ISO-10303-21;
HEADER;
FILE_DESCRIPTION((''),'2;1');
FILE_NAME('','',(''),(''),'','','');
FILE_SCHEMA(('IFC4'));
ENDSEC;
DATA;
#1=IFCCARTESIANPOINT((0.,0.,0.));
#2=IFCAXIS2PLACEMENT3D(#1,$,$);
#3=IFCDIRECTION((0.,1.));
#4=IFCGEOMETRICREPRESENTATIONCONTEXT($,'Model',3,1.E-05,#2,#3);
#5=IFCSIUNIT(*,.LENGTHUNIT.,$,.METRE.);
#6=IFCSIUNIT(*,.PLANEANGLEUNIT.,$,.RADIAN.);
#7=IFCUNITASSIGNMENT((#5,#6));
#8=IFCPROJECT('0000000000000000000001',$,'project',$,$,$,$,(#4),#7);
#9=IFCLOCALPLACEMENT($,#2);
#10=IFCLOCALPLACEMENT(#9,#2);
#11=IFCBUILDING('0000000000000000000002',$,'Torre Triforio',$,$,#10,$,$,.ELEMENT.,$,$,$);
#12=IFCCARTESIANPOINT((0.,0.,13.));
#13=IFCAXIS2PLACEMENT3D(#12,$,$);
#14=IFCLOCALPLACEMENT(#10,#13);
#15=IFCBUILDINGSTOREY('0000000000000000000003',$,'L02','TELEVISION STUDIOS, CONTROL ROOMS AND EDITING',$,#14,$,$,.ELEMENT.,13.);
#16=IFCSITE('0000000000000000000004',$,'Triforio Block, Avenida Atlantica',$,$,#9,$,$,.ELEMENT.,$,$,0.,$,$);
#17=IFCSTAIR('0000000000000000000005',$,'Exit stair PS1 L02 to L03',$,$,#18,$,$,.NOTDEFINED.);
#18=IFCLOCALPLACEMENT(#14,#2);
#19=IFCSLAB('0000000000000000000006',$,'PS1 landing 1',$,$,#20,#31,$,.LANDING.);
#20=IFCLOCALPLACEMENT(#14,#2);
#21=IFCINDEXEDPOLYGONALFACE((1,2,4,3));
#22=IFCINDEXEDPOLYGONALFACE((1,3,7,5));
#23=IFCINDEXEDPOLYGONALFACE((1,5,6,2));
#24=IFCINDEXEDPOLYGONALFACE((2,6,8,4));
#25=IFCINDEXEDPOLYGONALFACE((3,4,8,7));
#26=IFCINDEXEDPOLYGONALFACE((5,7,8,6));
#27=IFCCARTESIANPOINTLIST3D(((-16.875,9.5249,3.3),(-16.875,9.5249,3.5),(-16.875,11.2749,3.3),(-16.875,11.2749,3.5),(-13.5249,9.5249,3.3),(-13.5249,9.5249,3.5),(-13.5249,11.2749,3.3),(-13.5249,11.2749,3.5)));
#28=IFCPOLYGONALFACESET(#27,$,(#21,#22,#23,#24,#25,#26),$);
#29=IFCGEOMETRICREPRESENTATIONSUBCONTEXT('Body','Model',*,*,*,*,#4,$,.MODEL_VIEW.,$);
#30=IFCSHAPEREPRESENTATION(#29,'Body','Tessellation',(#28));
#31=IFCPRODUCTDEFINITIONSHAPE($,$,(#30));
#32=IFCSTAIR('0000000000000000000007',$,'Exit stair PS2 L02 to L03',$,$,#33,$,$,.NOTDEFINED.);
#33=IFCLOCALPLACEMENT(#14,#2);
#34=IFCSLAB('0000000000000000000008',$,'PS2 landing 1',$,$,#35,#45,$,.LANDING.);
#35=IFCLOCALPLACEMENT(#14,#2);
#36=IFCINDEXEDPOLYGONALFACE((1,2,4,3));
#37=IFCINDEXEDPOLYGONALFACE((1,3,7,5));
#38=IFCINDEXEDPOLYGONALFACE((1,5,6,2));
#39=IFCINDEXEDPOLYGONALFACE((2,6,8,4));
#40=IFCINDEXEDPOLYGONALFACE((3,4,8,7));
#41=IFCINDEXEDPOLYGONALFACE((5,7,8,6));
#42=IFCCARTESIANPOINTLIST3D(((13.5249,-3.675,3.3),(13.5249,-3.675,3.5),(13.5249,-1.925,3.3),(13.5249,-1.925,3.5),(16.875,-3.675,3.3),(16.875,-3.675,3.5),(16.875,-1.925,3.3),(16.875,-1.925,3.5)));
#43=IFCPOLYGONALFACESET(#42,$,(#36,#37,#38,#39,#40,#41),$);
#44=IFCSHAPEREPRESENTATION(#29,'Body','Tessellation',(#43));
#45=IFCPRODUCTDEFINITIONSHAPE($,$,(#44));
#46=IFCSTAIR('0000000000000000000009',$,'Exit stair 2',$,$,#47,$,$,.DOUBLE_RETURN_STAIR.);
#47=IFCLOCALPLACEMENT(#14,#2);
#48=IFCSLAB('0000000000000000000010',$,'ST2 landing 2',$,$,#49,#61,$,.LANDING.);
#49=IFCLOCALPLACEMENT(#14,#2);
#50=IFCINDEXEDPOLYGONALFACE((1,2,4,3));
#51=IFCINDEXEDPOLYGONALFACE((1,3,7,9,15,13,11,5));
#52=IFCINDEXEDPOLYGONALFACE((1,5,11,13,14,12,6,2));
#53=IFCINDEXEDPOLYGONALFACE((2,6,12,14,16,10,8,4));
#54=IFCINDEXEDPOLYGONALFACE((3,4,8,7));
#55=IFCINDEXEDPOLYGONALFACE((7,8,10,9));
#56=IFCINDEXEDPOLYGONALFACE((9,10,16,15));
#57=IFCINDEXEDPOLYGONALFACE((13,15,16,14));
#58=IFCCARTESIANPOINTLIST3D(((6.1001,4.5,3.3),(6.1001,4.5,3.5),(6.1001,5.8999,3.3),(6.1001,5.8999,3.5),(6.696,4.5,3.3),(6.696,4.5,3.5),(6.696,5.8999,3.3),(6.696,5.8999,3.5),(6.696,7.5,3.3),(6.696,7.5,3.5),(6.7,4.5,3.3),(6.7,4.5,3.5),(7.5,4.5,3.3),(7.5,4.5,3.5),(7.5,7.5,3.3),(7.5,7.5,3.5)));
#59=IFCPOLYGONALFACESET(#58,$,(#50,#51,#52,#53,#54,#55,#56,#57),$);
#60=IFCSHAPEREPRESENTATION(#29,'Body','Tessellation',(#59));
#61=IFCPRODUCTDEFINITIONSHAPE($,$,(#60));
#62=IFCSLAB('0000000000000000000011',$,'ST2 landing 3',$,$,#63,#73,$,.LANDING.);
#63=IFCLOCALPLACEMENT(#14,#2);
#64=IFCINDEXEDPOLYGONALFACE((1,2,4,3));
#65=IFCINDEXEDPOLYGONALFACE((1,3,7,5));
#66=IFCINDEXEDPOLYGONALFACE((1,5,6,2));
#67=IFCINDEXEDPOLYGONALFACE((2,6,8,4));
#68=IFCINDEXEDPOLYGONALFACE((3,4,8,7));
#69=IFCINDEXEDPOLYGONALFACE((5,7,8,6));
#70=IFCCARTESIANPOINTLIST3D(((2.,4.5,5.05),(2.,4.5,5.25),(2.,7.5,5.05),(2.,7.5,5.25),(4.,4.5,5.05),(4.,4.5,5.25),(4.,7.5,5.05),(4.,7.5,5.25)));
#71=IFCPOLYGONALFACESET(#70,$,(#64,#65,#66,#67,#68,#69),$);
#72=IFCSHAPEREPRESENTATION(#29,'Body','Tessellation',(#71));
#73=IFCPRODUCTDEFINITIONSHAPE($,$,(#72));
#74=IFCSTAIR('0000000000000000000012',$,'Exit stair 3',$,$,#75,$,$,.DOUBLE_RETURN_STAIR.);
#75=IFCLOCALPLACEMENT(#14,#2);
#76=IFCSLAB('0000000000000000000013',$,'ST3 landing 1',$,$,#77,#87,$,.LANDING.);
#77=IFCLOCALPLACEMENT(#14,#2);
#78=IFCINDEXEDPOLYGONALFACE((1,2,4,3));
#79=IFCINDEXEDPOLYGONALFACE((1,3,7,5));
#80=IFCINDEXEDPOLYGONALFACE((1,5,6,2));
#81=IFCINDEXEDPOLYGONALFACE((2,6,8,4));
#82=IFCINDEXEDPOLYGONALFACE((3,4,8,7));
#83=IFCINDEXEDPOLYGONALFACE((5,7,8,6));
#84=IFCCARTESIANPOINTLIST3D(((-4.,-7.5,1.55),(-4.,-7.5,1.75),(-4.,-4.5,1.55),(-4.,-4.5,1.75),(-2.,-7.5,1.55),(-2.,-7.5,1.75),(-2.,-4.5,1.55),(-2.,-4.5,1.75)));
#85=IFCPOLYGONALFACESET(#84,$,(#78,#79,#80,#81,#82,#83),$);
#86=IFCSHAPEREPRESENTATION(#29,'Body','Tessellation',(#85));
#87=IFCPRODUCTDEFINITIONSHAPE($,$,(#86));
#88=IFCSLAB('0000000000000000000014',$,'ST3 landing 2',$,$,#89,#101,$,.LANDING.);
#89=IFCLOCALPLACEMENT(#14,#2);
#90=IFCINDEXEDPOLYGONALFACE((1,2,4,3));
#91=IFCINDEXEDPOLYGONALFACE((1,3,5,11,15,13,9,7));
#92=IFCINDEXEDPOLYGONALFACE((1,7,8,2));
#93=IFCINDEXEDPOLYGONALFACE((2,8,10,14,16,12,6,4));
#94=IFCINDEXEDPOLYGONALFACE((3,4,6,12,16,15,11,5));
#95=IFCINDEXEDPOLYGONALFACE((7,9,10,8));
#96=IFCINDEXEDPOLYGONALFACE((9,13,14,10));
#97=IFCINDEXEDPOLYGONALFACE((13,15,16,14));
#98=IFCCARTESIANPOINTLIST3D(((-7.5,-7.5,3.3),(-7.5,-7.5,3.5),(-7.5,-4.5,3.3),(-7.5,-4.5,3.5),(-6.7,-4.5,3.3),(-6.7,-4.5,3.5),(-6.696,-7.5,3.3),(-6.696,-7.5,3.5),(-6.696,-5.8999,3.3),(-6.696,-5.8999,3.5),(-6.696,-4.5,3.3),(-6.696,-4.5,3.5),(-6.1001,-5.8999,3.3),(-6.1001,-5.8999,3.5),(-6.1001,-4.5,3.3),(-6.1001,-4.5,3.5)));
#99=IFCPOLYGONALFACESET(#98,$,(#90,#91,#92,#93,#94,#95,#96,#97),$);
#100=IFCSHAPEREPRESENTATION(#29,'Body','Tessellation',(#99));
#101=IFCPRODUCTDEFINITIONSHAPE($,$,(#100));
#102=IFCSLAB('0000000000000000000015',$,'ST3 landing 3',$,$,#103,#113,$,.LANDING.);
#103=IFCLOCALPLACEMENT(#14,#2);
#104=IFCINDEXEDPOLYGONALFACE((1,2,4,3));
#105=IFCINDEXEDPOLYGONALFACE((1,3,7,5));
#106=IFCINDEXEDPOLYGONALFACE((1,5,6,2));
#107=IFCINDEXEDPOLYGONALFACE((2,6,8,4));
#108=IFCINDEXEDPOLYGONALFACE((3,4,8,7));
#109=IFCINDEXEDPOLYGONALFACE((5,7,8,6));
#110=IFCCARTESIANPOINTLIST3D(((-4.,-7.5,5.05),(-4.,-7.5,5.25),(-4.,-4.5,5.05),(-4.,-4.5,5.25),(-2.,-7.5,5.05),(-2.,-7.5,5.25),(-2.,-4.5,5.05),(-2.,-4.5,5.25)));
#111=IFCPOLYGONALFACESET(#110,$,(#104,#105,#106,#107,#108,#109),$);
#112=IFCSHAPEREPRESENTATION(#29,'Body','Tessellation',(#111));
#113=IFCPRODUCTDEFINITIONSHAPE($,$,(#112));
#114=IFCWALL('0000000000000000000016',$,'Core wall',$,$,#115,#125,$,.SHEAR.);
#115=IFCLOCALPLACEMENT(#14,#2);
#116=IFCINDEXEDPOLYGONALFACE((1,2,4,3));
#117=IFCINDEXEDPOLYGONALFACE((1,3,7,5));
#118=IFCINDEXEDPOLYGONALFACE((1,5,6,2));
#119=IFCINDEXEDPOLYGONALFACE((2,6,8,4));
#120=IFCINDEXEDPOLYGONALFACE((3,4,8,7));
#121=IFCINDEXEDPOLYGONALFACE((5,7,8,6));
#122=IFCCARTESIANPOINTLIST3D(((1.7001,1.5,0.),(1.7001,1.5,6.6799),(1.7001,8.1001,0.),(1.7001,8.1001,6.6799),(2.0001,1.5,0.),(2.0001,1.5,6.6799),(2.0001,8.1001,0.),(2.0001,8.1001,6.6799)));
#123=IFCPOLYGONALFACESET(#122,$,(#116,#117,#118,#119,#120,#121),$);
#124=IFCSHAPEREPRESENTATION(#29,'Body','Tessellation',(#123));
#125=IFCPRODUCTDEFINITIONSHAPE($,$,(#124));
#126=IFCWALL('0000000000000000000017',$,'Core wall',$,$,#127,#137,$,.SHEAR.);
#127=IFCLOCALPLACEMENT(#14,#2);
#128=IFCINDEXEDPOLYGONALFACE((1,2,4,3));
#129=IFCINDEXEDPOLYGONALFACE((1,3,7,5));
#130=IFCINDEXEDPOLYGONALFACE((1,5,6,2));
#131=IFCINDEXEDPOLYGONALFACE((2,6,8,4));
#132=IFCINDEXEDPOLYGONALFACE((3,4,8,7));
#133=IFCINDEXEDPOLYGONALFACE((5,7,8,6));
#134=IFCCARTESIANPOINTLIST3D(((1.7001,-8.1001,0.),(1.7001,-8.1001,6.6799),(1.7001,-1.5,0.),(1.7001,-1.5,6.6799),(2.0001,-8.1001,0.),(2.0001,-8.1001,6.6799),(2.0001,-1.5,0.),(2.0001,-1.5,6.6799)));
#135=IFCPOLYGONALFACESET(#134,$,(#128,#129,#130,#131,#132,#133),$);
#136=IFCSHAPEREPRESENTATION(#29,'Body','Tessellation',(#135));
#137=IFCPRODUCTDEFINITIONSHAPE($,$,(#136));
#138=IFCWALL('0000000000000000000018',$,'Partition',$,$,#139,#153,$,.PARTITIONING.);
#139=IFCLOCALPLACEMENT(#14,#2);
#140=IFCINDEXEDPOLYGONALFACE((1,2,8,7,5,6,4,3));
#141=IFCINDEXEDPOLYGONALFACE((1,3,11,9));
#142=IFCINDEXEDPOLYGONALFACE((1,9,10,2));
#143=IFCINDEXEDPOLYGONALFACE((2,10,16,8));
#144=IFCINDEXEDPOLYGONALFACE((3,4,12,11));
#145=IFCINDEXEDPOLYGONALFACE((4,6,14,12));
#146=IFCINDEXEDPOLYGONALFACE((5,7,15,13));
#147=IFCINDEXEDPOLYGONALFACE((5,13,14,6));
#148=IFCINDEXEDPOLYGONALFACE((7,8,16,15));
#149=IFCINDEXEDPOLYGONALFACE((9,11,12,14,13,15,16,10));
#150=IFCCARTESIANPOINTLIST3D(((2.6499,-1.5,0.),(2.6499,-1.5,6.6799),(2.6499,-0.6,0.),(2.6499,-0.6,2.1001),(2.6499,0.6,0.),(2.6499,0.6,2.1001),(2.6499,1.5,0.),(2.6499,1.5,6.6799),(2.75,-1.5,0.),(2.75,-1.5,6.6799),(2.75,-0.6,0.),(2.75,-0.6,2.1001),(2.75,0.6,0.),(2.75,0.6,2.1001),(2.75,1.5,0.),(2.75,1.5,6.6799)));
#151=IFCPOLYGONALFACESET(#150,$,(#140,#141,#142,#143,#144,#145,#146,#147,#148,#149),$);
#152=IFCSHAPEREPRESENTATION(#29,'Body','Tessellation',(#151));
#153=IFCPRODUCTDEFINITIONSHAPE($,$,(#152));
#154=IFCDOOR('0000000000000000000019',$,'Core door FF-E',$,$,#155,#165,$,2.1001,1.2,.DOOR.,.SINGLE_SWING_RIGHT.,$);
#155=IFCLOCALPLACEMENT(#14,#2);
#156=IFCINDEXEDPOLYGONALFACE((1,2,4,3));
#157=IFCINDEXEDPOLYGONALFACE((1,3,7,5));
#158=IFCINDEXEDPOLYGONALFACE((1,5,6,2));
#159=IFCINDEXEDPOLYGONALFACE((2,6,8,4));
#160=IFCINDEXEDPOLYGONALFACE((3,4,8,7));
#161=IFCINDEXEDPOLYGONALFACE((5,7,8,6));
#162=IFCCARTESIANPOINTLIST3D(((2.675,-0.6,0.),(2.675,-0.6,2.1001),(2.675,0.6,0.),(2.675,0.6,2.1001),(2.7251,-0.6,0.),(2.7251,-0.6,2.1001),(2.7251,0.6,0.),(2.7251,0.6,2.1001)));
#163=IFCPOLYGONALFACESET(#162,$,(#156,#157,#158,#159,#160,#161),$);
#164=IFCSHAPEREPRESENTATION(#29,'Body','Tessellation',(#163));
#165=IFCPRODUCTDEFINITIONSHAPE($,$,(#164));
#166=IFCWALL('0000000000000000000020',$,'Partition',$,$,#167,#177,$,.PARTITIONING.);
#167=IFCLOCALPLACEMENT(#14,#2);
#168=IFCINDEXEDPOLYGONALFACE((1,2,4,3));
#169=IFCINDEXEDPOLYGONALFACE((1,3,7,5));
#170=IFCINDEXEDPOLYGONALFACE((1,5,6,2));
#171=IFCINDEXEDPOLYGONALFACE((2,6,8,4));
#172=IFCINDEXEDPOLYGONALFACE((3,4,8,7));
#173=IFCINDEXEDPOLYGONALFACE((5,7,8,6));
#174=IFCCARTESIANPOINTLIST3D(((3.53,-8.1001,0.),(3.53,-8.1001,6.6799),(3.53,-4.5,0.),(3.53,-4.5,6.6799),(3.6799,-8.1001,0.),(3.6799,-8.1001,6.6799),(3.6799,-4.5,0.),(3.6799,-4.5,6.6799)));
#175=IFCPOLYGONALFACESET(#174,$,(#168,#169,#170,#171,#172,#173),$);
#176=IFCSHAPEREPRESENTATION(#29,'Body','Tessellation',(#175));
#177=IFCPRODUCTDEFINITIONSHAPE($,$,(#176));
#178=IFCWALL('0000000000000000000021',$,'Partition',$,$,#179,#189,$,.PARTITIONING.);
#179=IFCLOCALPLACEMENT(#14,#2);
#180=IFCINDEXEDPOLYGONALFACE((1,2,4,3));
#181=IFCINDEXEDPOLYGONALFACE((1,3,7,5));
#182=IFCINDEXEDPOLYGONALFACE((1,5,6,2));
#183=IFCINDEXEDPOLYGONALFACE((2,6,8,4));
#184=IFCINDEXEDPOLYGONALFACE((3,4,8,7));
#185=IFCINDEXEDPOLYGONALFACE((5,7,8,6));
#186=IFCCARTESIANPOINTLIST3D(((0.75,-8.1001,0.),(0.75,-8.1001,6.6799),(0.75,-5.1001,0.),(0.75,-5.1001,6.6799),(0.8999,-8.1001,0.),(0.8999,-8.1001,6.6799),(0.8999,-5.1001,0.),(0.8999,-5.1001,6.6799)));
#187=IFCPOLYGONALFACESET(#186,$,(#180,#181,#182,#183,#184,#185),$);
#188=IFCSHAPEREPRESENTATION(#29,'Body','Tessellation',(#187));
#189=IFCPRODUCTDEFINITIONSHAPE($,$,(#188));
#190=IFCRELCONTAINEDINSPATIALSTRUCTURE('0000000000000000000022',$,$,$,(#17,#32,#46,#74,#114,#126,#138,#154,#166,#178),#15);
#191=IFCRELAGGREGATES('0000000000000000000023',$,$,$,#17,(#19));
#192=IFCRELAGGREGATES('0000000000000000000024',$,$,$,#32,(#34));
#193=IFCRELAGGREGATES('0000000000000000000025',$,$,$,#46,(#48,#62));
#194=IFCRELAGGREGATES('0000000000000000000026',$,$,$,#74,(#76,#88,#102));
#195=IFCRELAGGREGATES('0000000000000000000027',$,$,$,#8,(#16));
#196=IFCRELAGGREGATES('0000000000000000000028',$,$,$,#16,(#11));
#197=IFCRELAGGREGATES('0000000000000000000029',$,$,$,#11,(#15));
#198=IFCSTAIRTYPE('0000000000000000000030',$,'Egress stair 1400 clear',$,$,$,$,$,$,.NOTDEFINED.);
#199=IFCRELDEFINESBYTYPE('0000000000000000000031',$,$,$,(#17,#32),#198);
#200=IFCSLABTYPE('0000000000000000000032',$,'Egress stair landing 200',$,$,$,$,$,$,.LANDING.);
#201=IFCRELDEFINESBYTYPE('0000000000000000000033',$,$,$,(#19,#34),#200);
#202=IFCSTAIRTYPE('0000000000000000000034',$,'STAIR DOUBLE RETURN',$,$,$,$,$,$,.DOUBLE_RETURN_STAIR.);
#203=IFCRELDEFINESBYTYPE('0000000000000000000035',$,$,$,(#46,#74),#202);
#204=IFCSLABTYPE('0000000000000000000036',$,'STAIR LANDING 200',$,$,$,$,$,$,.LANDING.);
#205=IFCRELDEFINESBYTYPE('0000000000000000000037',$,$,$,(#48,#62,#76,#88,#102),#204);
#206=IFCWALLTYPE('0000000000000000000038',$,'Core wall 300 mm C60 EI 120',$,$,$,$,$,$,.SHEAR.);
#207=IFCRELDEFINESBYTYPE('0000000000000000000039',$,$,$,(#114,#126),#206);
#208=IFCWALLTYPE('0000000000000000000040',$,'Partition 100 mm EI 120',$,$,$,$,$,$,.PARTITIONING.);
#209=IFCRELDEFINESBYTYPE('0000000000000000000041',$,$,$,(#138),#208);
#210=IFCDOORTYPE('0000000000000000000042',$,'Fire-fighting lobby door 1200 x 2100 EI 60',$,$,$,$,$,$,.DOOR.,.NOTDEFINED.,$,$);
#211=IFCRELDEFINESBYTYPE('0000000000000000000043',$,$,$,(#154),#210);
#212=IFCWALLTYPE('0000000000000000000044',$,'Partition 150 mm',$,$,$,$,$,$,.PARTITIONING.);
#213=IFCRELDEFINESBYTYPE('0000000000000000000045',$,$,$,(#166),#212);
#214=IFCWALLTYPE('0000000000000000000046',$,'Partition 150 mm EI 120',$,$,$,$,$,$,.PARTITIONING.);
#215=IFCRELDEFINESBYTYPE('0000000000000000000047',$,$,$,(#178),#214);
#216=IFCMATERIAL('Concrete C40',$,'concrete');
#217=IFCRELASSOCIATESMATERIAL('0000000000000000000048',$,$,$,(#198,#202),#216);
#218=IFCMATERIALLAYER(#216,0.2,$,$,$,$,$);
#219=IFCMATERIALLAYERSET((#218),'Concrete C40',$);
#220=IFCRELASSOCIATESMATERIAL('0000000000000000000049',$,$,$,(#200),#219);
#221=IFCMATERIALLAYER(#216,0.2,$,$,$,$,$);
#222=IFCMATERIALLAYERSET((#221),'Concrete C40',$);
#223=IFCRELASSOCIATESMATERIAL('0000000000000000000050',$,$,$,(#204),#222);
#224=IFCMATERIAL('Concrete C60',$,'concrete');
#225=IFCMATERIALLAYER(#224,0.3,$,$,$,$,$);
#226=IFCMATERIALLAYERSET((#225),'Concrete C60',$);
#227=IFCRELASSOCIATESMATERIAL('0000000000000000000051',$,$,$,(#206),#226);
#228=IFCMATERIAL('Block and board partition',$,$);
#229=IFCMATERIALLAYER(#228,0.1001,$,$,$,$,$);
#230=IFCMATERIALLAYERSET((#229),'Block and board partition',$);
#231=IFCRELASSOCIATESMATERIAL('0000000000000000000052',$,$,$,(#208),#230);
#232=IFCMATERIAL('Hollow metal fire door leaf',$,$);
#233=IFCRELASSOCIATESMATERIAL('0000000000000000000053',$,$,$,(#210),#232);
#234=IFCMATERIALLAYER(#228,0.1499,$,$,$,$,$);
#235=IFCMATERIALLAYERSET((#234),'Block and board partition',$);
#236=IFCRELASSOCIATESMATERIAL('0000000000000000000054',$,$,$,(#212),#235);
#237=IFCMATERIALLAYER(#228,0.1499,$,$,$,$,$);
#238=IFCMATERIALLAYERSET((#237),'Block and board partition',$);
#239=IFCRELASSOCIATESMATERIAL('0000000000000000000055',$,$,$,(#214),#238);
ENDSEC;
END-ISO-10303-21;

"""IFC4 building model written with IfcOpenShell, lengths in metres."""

from ifc_helpers import new_model, si_unit, direction, frame, frame_2d, origin, place, context, subcontext, project, spatial, polyline, rectangle, outline, extrude, material, layer, layer_set, type_object, element, fill, aggregate, save


model = new_model("IFC4")

# Units and contexts
model_context = context("Model", 3, precision=1e-05, world=origin(), true_north=direction((0.0, 1.0)))
body_context = subcontext(model_context, "Body", "Model", "MODEL_VIEW")
ifc_project = project(units=[si_unit("LENGTHUNIT", "METRE"), si_unit("PLANEANGLEUNIT", "RADIAN")], contexts=[model_context])

# Site, building, storey
site_placement = place(None, origin())
site = spatial("IfcSite", under=ifc_project, at=site_placement, Name="Triforio Block, Avenida Atlantica", CompositionType="ELEMENT", RefElevation=0.0)
building_placement = place(site_placement, origin())
building = spatial("IfcBuilding", under=site, at=building_placement, Name="Torre Triforio", CompositionType="ELEMENT")
storey_placement = place(building_placement, frame((0.0, 0.0, 13.0)))
storey = spatial("IfcBuildingStorey", under=building, at=storey_placement, Name="L02", Description="TELEVISION STUDIOS, CONTROL ROOMS AND EDITING", CompositionType="ELEMENT", Elevation=13.0)

# Stairs, slabs
ifc_material_1 = material(Name="Concrete C40", Category="concrete")
stair_type_1 = type_object("IfcStairType", Name="Egress stair 1400 clear", PredefinedType="NOTDEFINED", material=ifc_material_1)
stair_1_placement = place(storey_placement, origin())
stair_1 = element("IfcStair", 1, at=stair_1_placement, inside=storey, type_object=stair_type_1, Name="Exit stair PS1 L02 to L03", PredefinedType="NOTDEFINED")
ifc_layer_1 = layer(ifc_material_1, 0.2)
ifc_layer_set_1 = layer_set([ifc_layer_1], Name="Concrete C40")
slab_type_1 = type_object("IfcSlabType", Name="Egress stair landing 200", PredefinedType="LANDING", material=ifc_layer_set_1)
slab_1_placement = place(storey_placement, frame((0.0, 0.0, 3.3)))
slab_1 = element("IfcSlab", 2, at=slab_1_placement, type_object=slab_type_1, Name="PS1 landing 1", PredefinedType="LANDING", context=body_context, shape_type="SweptSolid", body=[
    extrude(outline(polyline([(-16.875, 9.5249), (-13.5249, 9.5249), (-13.5249, 11.2749), (-16.875, 11.2749), (-16.875, 9.5249)])), origin(), (0.0, 0.0, 1.0), 0.2),
])
aggregate(stair_1, [slab_1])
stair_2_placement = place(storey_placement, origin())
stair_2 = element("IfcStair", 3, at=stair_2_placement, inside=storey, type_object=stair_type_1, Name="Exit stair PS2 L02 to L03", PredefinedType="NOTDEFINED")
slab_2_placement = place(storey_placement, frame((0.0, 0.0, 3.3)))
slab_2 = element("IfcSlab", 4, at=slab_2_placement, type_object=slab_type_1, Name="PS2 landing 1", PredefinedType="LANDING", context=body_context, shape_type="SweptSolid", body=[
    extrude(outline(polyline([(13.5249, -3.675), (16.875, -3.675), (16.875, -1.925), (13.5249, -1.925), (13.5249, -3.675)])), origin(), (0.0, 0.0, 1.0), 0.2),
])
aggregate(stair_2, [slab_2])

# Stairs, slabs
stair_type_2 = type_object("IfcStairType", Name="STAIR DOUBLE RETURN", PredefinedType="DOUBLE_RETURN_STAIR", material=ifc_material_1)
stair_3_placement = place(storey_placement, origin())
stair_3 = element("IfcStair", 5, at=stair_3_placement, inside=storey, type_object=stair_type_2, Name="Exit stair 2", PredefinedType="DOUBLE_RETURN_STAIR")
ifc_layer_2 = layer(ifc_material_1, 0.2)
ifc_layer_set_2 = layer_set([ifc_layer_2], Name="Concrete C40")
slab_type_2 = type_object("IfcSlabType", Name="STAIR LANDING 200", PredefinedType="LANDING", material=ifc_layer_set_2)
slab_3_placement = place(storey_placement, frame((0.0, 0.0, 3.3)))
slab_3 = element("IfcSlab", 6, at=slab_3_placement, type_object=slab_type_2, Name="ST2 landing 2", PredefinedType="LANDING", context=body_context, shape_type="SweptSolid", body=[
    extrude(outline(polyline([(6.1001, 4.5), (6.1001, 5.8999), (6.696, 5.8999), (6.696, 7.5), (7.5, 7.5), (7.5, 4.5), (6.7, 4.5), (6.696, 4.5), (6.1001, 4.5)])), origin(), (0.0, 0.0, 1.0), 0.2),
])
slab_4_placement = place(storey_placement, frame((0.0, 0.0, 5.05)))
slab_4 = element("IfcSlab", 7, at=slab_4_placement, type_object=slab_type_2, Name="ST2 landing 3", PredefinedType="LANDING", context=body_context, shape_type="SweptSolid", body=[
    extrude(outline(polyline([(4.0, 4.5), (4.0, 7.5), (2.0, 7.5), (2.0, 4.5), (4.0, 4.5)])), origin(), (0.0, 0.0, 1.0), 0.2),
])
aggregate(stair_3, [slab_3, slab_4])
stair_4_placement = place(storey_placement, origin())
stair_4 = element("IfcStair", 8, at=stair_4_placement, inside=storey, type_object=stair_type_2, Name="Exit stair 3", PredefinedType="DOUBLE_RETURN_STAIR")
slab_5_placement = place(storey_placement, frame((0.0, 0.0, 1.55)))
slab_5 = element("IfcSlab", 9, at=slab_5_placement, type_object=slab_type_2, Name="ST3 landing 1", PredefinedType="LANDING", context=body_context, shape_type="SweptSolid", body=[
    extrude(outline(polyline([(-2.0, -7.5), (-2.0, -4.5), (-4.0, -4.5), (-4.0, -7.5), (-2.0, -7.5)])), origin(), (0.0, 0.0, 1.0), 0.2),
])
slab_6_placement = place(storey_placement, frame((0.0, 0.0, 3.3)))
slab_6 = element("IfcSlab", 10, at=slab_6_placement, type_object=slab_type_2, Name="ST3 landing 2", PredefinedType="LANDING", context=body_context, shape_type="SweptSolid", body=[
    extrude(outline(polyline([(-6.696, -7.5), (-7.5, -7.5), (-7.5, -4.5), (-6.7, -4.5), (-6.696, -4.5), (-6.1001, -4.5), (-6.1001, -5.8999), (-6.696, -5.8999), (-6.696, -7.5)])), origin(), (0.0, 0.0, 1.0), 0.2),
])
slab_7_placement = place(storey_placement, frame((0.0, 0.0, 5.05)))
slab_7 = element("IfcSlab", 11, at=slab_7_placement, type_object=slab_type_2, Name="ST3 landing 3", PredefinedType="LANDING", context=body_context, shape_type="SweptSolid", body=[
    extrude(outline(polyline([(-2.0, -7.5), (-2.0, -4.5), (-4.0, -4.5), (-4.0, -7.5), (-2.0, -7.5)])), origin(), (0.0, 0.0, 1.0), 0.2),
])
aggregate(stair_4, [slab_5, slab_6, slab_7])

# Walls
ifc_material_2 = material(Name="Concrete C60", Category="concrete")
ifc_layer_3 = layer(ifc_material_2, 0.3)
ifc_layer_set_3 = layer_set([ifc_layer_3], Name="Concrete C60")
wall_type_1 = type_object("IfcWallType", Name="Core wall 300 mm C60 EI 120", PredefinedType="SHEAR", material=ifc_layer_set_3)
for number, where, z_axis, x_axis, name in (
    (12, (1.8501, 1.5, 0.0), (0.0, 0.0, 1.0), (0.0, 1.0, 0.0), "Core wall"),
    (13, (1.8501, -8.1001, 0.0), (0.0, 0.0, 1.0), (0.0, 1.0, 0.0), "Core wall"),
):
    element("IfcWall", number, at=place(storey_placement, frame(where, z_axis=z_axis, x_axis=x_axis)), inside=storey, type_object=wall_type_1, Name=name, PredefinedType="SHEAR", context=body_context, shape_type="SweptSolid", body=[
        extrude(rectangle(XDim=6.6001, YDim=0.3, at=frame_2d((3.3, 0.0))), origin(), (0.0, 0.0, 1.0), 6.6799),
    ])

# Wall, opening, door
ifc_material_3 = material(Name="Block and board partition")
ifc_layer_4 = layer(ifc_material_3, 0.1001)
ifc_layer_set_4 = layer_set([ifc_layer_4], Name="Block and board partition")
wall_type_2 = type_object("IfcWallType", Name="Partition 100 mm EI 120", PredefinedType="PARTITIONING", material=ifc_layer_set_4)
wall_1_placement = place(storey_placement, frame((2.7, -1.5, 0.0), z_axis=(0.0, 0.0, 1.0), x_axis=(0.0, 1.0, 0.0)))
wall_1 = element("IfcWall", 14, at=wall_1_placement, inside=storey, type_object=wall_type_2, Name="Partition", PredefinedType="PARTITIONING", context=body_context, shape_type="SweptSolid", body=[
    extrude(rectangle(XDim=3.0, YDim=0.1001, at=frame_2d((1.5, 0.0))), origin(), (0.0, 0.0, 1.0), 6.6799),
])
opening_placement = place(wall_1_placement, frame((0.8999, 0.0, 0.0)))
opening = element("IfcOpeningElement", 15, at=opening_placement, cuts=wall_1, PredefinedType="OPENING", context=body_context, shape_type="SweptSolid", body=[
    extrude(rectangle(XDim=1.2, YDim=2.1001, at=frame_2d((0.6001, 1.05))), frame((0.0, 0.0601, 0.0), z_axis=(0.0, -1.0, 0.0), x_axis=(1.0, 0.0, 0.0)), (0.0, 0.0, 1.0), 0.1201),
])
ifc_material_4 = material(Name="Hollow metal fire door leaf")
door_type = type_object("IfcDoorType", Name="Fire-fighting lobby door 1200 x 2100 EI 60", OperationType="NOTDEFINED", PredefinedType="DOOR", material=ifc_material_4)
door_placement = place(opening_placement, origin())
door = element("IfcDoor", 16, at=door_placement, inside=storey, type_object=door_type, Name="Core door FF-E", OperationType="SINGLE_SWING_RIGHT", OverallHeight=2.1001, OverallWidth=1.2, PredefinedType="DOOR", context=body_context, shape_type="SweptSolid", body=[
    extrude(rectangle(XDim=1.2, YDim=2.1001, at=frame_2d((0.6001, 1.05))), frame((0.0, 0.0249, 0.0), z_axis=(0.0, -1.0, 0.0), x_axis=(1.0, 0.0, 0.0)), (0.0, 0.0, 1.0), 0.05),
])
fill(opening, door)

# Walls
ifc_layer_5 = layer(ifc_material_3, 0.1499)
ifc_layer_set_5 = layer_set([ifc_layer_5], Name="Block and board partition")
wall_type_3 = type_object("IfcWallType", Name="Partition 150 mm", PredefinedType="PARTITIONING", material=ifc_layer_set_5)
wall_2_placement = place(storey_placement, frame((3.605, -8.1001, 0.0), z_axis=(0.0, 0.0, 1.0), x_axis=(0.0, 1.0, 0.0)))
element("IfcWall", 17, at=wall_2_placement, inside=storey, type_object=wall_type_3, Name="Partition", PredefinedType="PARTITIONING", context=body_context, shape_type="SweptSolid", body=[
    extrude(rectangle(XDim=3.6001, YDim=0.1499, at=frame_2d((1.8, 0.0))), origin(), (0.0, 0.0, 1.0), 6.6799),
])
ifc_layer_6 = layer(ifc_material_3, 0.1499)
ifc_layer_set_6 = layer_set([ifc_layer_6], Name="Block and board partition")
wall_type_4 = type_object("IfcWallType", Name="Partition 150 mm EI 120", PredefinedType="PARTITIONING", material=ifc_layer_set_6)
wall_3_placement = place(storey_placement, frame((0.825, -8.1001, 0.0), z_axis=(0.0, 0.0, 1.0), x_axis=(0.0, 1.0, 0.0)))
element("IfcWall", 18, at=wall_3_placement, inside=storey, type_object=wall_type_4, Name="Partition", PredefinedType="PARTITIONING", context=body_context, shape_type="SweptSolid", body=[
    extrude(rectangle(XDim=3.0, YDim=0.1499, at=frame_2d((1.5, 0.0))), origin(), (0.0, 0.0, 1.0), 6.6799),
])

save(model, "model.ifc")
